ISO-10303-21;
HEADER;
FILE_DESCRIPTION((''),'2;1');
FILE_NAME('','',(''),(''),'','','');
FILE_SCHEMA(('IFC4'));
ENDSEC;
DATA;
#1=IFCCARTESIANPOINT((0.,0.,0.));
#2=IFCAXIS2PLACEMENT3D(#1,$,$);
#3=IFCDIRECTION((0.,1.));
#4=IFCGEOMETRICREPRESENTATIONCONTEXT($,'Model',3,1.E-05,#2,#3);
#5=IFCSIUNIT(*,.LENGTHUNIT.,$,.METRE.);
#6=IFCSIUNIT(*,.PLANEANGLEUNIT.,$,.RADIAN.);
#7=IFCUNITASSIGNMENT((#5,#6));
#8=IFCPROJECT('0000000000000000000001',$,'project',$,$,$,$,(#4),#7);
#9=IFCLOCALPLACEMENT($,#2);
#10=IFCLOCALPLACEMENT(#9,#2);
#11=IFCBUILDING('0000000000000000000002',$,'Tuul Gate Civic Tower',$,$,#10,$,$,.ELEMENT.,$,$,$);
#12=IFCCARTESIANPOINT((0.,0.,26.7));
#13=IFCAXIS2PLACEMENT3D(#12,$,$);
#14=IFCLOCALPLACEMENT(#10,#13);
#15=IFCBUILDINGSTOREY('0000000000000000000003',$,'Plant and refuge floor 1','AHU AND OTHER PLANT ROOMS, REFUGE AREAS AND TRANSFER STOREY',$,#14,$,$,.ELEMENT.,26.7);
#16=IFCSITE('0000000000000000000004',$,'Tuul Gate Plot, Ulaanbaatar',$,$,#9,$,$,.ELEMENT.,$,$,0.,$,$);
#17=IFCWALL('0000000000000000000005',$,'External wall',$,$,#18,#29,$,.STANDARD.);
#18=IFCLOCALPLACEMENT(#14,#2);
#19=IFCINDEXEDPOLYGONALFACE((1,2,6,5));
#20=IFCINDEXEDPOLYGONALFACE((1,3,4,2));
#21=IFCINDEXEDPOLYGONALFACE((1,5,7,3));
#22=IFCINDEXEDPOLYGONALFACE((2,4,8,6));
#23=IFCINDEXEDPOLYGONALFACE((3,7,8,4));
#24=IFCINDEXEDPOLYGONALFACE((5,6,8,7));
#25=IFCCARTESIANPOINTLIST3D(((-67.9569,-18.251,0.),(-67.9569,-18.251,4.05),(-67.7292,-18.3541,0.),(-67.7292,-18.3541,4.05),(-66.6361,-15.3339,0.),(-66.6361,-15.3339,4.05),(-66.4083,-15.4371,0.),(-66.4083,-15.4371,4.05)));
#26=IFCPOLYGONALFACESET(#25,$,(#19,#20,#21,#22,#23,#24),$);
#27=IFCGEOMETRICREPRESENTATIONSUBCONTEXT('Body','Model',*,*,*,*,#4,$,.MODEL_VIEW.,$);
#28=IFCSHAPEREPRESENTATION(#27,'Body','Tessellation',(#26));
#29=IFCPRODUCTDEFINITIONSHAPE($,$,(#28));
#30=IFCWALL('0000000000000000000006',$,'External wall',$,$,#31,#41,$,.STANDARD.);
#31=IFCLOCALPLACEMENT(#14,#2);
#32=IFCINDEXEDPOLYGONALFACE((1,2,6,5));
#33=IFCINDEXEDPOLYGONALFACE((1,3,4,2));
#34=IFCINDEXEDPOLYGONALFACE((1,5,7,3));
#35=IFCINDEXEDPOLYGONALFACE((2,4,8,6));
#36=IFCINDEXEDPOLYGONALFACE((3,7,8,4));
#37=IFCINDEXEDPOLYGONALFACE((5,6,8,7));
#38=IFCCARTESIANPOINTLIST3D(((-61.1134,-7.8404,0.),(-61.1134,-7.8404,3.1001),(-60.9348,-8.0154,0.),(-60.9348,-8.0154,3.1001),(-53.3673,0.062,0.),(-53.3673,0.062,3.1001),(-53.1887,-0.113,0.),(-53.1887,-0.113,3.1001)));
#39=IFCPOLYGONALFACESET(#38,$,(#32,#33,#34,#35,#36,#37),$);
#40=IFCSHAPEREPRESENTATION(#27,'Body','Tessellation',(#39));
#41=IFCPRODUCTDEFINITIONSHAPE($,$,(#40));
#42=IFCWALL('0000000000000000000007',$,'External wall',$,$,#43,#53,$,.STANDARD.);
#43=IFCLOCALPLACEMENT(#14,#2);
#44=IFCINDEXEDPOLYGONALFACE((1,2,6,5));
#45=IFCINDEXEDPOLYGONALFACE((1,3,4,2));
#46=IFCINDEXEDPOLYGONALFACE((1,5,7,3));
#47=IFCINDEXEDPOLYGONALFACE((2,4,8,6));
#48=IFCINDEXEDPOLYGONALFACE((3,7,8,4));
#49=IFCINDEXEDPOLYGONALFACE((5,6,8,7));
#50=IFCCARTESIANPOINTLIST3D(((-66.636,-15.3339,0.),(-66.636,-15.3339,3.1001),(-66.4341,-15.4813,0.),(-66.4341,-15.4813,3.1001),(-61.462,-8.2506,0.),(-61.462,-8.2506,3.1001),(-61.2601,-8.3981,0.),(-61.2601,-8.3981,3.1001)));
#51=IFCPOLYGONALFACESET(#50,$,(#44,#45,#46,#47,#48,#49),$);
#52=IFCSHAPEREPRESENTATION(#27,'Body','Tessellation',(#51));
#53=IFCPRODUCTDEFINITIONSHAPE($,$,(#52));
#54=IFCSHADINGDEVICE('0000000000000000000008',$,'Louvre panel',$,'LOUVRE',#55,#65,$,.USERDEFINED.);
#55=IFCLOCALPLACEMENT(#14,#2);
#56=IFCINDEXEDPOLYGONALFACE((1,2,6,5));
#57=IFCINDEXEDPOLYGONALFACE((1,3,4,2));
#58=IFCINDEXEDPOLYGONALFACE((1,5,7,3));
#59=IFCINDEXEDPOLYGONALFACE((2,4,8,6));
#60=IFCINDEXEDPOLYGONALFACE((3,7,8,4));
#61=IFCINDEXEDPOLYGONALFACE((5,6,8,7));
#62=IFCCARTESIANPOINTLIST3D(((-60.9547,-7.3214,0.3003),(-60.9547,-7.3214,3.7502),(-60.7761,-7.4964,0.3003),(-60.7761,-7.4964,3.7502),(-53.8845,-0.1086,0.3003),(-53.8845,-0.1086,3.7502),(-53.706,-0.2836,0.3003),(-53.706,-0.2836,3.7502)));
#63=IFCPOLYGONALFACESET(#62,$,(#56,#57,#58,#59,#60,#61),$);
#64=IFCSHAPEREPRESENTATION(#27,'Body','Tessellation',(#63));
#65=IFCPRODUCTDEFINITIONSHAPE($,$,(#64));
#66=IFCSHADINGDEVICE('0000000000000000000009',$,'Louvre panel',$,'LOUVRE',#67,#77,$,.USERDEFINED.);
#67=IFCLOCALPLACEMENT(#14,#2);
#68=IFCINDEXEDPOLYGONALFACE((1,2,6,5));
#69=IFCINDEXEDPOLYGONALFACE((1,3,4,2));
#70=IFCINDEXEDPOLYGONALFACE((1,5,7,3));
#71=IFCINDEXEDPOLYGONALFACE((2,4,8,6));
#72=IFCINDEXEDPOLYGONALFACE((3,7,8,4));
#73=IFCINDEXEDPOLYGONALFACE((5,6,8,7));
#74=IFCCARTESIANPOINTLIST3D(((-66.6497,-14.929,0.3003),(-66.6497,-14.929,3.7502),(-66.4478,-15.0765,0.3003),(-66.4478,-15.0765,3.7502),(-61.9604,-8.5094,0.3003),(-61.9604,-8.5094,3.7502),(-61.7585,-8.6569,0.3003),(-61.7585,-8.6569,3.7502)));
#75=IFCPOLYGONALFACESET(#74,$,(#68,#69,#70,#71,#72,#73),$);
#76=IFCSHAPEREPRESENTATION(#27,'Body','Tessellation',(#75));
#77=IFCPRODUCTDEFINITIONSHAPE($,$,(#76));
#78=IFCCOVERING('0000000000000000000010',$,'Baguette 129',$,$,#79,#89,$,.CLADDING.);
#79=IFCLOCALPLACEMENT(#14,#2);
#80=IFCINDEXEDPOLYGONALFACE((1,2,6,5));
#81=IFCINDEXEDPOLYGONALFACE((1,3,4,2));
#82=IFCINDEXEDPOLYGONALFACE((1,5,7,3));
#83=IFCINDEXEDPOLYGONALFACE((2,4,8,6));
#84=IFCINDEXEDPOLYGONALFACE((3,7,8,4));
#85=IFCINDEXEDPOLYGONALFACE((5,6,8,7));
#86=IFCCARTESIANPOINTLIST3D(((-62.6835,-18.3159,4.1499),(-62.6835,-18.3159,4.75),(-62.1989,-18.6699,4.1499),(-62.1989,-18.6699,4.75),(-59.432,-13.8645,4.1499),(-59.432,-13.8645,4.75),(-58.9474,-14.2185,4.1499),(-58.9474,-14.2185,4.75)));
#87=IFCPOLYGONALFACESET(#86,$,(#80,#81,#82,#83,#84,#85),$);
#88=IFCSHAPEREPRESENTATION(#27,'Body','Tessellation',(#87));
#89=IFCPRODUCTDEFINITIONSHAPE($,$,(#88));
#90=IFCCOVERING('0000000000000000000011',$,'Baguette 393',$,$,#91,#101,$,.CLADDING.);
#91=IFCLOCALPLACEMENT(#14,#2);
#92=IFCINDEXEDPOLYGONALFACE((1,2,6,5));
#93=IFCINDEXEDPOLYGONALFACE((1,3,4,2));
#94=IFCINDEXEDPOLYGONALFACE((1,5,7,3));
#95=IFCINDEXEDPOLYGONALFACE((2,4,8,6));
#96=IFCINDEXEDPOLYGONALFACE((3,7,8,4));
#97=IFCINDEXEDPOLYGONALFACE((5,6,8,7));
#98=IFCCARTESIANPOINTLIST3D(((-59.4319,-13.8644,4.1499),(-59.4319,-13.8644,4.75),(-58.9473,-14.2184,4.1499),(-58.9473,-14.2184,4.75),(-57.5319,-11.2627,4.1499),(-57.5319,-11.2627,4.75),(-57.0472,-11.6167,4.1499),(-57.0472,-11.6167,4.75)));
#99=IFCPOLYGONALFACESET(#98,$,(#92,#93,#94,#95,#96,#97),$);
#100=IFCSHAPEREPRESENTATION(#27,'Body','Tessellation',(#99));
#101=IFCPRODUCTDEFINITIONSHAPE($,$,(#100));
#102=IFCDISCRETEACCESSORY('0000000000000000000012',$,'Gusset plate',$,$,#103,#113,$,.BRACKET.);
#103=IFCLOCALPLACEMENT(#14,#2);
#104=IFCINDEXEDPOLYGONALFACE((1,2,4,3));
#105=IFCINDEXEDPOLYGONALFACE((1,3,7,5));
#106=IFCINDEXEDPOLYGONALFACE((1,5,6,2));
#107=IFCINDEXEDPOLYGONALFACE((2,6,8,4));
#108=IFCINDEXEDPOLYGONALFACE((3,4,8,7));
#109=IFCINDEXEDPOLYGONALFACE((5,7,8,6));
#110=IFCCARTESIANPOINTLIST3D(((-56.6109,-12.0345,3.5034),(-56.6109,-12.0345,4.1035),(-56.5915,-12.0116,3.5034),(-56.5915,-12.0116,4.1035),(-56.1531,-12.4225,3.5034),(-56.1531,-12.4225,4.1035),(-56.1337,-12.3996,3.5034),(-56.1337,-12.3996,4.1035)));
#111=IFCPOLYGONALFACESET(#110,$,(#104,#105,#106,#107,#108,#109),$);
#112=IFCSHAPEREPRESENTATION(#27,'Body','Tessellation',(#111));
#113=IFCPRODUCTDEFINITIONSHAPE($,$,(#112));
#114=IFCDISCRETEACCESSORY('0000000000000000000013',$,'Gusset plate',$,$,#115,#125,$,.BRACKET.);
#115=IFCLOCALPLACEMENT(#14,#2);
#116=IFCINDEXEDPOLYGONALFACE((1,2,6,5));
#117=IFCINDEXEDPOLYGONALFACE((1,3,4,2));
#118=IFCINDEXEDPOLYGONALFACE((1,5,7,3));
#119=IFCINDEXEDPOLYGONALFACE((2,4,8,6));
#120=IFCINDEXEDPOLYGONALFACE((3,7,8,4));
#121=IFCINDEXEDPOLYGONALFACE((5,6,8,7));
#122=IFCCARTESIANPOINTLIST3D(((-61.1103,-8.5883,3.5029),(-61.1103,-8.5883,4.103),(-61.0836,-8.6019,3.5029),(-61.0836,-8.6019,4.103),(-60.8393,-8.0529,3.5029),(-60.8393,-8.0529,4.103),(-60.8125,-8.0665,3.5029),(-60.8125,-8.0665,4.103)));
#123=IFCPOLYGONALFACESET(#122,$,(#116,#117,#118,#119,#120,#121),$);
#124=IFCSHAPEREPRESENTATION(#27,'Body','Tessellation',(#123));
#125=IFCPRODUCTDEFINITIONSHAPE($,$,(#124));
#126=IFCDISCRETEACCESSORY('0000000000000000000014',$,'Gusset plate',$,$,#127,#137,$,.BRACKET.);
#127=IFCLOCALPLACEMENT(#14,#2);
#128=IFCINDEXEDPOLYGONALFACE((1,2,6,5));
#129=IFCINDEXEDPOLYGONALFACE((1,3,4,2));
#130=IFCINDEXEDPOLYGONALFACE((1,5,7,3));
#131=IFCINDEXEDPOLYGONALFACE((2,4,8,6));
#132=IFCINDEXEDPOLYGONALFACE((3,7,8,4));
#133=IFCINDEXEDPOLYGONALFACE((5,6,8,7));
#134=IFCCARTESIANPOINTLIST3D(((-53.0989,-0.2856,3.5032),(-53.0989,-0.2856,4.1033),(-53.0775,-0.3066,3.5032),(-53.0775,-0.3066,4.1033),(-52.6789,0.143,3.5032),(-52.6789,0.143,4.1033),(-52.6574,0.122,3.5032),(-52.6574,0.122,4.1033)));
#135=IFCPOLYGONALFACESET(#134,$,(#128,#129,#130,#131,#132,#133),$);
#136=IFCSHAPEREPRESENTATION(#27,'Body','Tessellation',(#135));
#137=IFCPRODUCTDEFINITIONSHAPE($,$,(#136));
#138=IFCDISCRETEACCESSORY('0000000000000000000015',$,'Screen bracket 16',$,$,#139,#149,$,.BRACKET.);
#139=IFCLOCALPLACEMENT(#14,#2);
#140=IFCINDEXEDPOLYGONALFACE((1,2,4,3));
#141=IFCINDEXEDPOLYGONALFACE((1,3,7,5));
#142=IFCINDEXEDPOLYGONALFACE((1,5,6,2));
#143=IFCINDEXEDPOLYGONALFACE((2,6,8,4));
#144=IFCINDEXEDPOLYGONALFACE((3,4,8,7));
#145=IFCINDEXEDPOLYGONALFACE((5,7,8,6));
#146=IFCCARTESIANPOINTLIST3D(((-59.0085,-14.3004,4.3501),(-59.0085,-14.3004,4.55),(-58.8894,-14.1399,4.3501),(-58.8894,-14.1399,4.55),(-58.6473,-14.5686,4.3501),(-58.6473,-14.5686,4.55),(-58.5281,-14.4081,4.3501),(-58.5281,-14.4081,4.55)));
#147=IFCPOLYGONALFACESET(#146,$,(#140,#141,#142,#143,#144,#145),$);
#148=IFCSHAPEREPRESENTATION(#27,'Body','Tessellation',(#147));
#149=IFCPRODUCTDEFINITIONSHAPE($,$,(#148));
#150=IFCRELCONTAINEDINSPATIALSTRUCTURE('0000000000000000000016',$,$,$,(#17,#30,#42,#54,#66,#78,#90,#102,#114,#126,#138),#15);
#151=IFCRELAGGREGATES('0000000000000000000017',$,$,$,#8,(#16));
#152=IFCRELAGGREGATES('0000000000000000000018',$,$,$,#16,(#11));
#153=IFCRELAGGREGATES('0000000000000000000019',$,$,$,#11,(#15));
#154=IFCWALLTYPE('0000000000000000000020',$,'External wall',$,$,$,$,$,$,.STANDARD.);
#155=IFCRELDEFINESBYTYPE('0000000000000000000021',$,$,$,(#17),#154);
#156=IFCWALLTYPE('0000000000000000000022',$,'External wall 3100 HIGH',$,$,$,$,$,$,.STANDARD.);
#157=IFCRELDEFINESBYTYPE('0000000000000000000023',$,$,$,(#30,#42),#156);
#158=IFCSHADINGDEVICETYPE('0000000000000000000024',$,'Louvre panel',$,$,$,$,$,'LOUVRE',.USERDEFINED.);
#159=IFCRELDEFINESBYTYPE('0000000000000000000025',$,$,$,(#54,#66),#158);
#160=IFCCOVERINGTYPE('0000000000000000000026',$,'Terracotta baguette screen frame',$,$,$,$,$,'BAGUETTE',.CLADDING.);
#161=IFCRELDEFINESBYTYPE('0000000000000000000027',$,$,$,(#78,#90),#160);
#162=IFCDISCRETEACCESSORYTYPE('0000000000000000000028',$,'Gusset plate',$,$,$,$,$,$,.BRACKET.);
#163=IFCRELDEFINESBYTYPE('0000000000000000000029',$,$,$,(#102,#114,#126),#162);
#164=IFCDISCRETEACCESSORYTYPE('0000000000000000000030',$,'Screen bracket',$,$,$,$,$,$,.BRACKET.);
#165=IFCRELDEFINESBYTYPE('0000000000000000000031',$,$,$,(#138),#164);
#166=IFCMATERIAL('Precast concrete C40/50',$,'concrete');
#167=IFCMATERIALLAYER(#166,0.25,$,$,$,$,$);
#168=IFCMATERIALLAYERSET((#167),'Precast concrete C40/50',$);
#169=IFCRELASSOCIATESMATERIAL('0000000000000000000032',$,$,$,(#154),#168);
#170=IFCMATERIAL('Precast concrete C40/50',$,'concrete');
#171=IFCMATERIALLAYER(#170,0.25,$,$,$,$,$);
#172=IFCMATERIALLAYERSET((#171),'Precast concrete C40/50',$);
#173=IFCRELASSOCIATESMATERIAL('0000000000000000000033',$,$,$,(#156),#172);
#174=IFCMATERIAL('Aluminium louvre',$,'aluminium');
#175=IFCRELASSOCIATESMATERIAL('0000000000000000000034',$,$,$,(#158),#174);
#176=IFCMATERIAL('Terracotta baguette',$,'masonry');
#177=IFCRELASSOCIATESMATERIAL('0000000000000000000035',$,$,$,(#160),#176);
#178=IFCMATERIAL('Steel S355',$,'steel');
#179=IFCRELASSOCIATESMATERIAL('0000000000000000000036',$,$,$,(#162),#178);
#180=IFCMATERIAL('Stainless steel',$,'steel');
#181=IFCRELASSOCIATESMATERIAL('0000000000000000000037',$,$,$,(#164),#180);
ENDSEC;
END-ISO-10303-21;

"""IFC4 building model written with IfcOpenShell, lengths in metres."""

from ifc_helpers import new_model, si_unit, direction, frame, frame_2d, origin, origin_2d, place, context, subcontext, project, spatial, rectangle, extrude, material, layer, layer_set, material_profile, profile_set, type_object, element, save


model = new_model("IFC4")

# Units and contexts
model_context = context("Model", 3, precision=1e-05, world=origin(), true_north=direction((0.0, 1.0)))
body_context = subcontext(model_context, "Body", "Model", "MODEL_VIEW")
ifc_project = project(units=[si_unit("LENGTHUNIT", "METRE"), si_unit("PLANEANGLEUNIT", "RADIAN")], contexts=[model_context])

# Site, building, storey
site_placement = place(None, origin())
site = spatial("IfcSite", under=ifc_project, at=site_placement, Name="Tuul Gate Plot, Ulaanbaatar", CompositionType="ELEMENT", RefElevation=0.0)
building_placement = place(site_placement, origin())
building = spatial("IfcBuilding", under=site, at=building_placement, Name="Tuul Gate Civic Tower", CompositionType="ELEMENT")
storey_placement = place(building_placement, frame((0.0, 0.0, 26.7)))
storey = spatial("IfcBuildingStorey", under=building, at=storey_placement, Name="Plant and refuge floor 1", Description="AHU AND OTHER PLANT ROOMS, REFUGE AREAS AND TRANSFER STOREY", CompositionType="ELEMENT", Elevation=26.7)

# Walls
ifc_material_1 = material(Name="Precast concrete C40/50", Category="concrete")
ifc_layer_1 = layer(ifc_material_1, 0.25)
ifc_layer_set_1 = layer_set([ifc_layer_1], Name="Precast concrete C40/50")
wall_type_1 = type_object("IfcWallType", Name="External wall", PredefinedType="STANDARD", material=ifc_layer_set_1)
wall_1_placement = place(storey_placement, frame((-66.5222, -15.3855, 0.0), z_axis=(0.0, 0.0, 1.0), x_axis=(-0.412481, -0.910966, 0.0)))
element("IfcWall", 1, at=wall_1_placement, inside=storey, type_object=wall_type_1, Name="External wall", PredefinedType="STANDARD", context=body_context, shape_type="SweptSolid", body=[
    extrude(rectangle(XDim=3.2021, YDim=0.25, at=frame_2d((1.6011, 0.0))), origin(), (0.0, 0.0, 1.0), 4.05),
])
ifc_material_2 = material(Name="Precast concrete C40/50", Category="concrete")
ifc_layer_2 = layer(ifc_material_2, 0.25)
ifc_layer_set_2 = layer_set([ifc_layer_2], Name="Precast concrete C40/50")
wall_type_2 = type_object("IfcWallType", Name="External wall 3100 HIGH", PredefinedType="STANDARD", material=ifc_layer_set_2)
wall_2_placement = place(storey_placement, frame((-53.2781, -0.0256, 0.0), z_axis=(0.0, 0.0, 1.0), x_axis=(-0.700011, -0.714132, 0.0)))
element("IfcWall", 2, at=wall_2_placement, inside=storey, type_object=wall_type_2, Name="External wall", PredefinedType="STANDARD", context=body_context, shape_type="SweptSolid", body=[
    extrude(rectangle(XDim=11.0657, YDim=0.25, at=frame_2d((5.5327, 0.0))), origin(), (0.0, 0.0, 1.0), 3.1001),
])
wall_3_placement = place(storey_placement, frame((-61.3611, -8.3245, 0.0), z_axis=(0.0, 0.0, 1.0), x_axis=(-0.589857, -0.807508, 0.0)))
element("IfcWall", 3, at=wall_3_placement, inside=storey, type_object=wall_type_2, Name="External wall", PredefinedType="STANDARD", context=body_context, shape_type="SweptSolid", body=[
    extrude(rectangle(XDim=8.7717, YDim=0.25, at=frame_2d((4.3857, 0.0))), origin(), (0.0, 0.0, 1.0), 3.1001),
])

# Shading devices
ifc_material_3 = material(Name="Aluminium louvre", Category="aluminium")
shading_device_type = type_object("IfcShadingDeviceType", Name="Louvre panel", ElementType="LOUVRE", PredefinedType="USERDEFINED", material=ifc_material_3)
shading_device_1_placement = place(storey_placement, frame((-57.3303, -3.8025, 0.3003), z_axis=(0.0, 0.0, 1.0), x_axis=(-0.714134, 0.700009, 0.0)))
element("IfcShadingDevice", 4, at=shading_device_1_placement, inside=storey, type_object=shading_device_type, Name="Louvre panel", ObjectType="LOUVRE", PredefinedType="USERDEFINED", context=body_context, shape_type="SweptSolid", body=[
    extrude(rectangle(XDim=0.25, YDim=10.1001, at=origin_2d()), origin(), (0.0, 0.0, 1.0), 3.45),
])
shading_device_2_placement = place(storey_placement, frame((-64.2041, -11.793, 0.3003), z_axis=(0.0, 0.0, 1.0), x_axis=(-0.807505, 0.589861, 0.0)))
element("IfcShadingDevice", 5, at=shading_device_2_placement, inside=storey, type_object=shading_device_type, Name="Louvre panel", ObjectType="LOUVRE", PredefinedType="USERDEFINED", context=body_context, shape_type="SweptSolid", body=[
    extrude(rectangle(XDim=0.25, YDim=7.95, at=origin_2d()), origin(), (0.0, 0.0, 1.0), 3.45),
])

# Coverings
ifc_material_4 = material(Name="Terracotta baguette", Category="masonry")
ifc_material_profile_1 = material_profile(ifc_material_4, rectangle(XDim=0.6001, YDim=0.6001, at=origin_2d()), Name="Terracotta baguette screen frame")
ifc_profile_set_1 = profile_set([ifc_material_profile_1], Name="Terracotta baguette")
covering_type = type_object("IfcCoveringType", Name="Terracotta baguette screen frame", ElementType="BAGUETTE", PredefinedType="CLADDING", material=ifc_profile_set_1)
covering_1_placement = place(storey_placement, frame((-59.1897, -14.0415, 4.45), z_axis=(-0.58984, -0.80752, 0.0), x_axis=(0.80752, -0.58984, 0.0)))
element("IfcCovering", 6, at=covering_1_placement, inside=storey, type_object=covering_type, Name="Baguette 129", PredefinedType="CLADDING", context=body_context, shape_type="SweptSolid", body=[
    extrude(rectangle(XDim=0.6001, YDim=0.6001, at=origin_2d()), origin(), (0.0, 0.0, 1.0), 5.5125),
])
covering_2_placement = place(storey_placement, frame((-57.2896, -11.4397, 4.45), z_axis=(-0.589779, -0.807565, 0.0), x_axis=(0.807565, -0.589779, 0.0)))
element("IfcCovering", 7, at=covering_2_placement, inside=storey, type_object=covering_type, Name="Baguette 393", PredefinedType="CLADDING", context=body_context, shape_type="SweptSolid", body=[
    extrude(rectangle(XDim=0.6001, YDim=0.6001, at=origin_2d()), origin(), (0.0, 0.0, 1.0), 3.2217),
])

# Discrete accessories
ifc_material_5 = material(Name="Steel S355", Category="steel")
discrete_accessory_type_1 = type_object("IfcDiscreteAccessoryType", Name="Gusset plate", PredefinedType="BRACKET", material=ifc_material_5)
for number, where, z_axis, x_axis, name in (
    (8, (-56.3723, -12.217, 3.5034), (0.0, 0.0, 1.0), (-0.762835, 0.646593, 0.0), "Gusset plate"),
    (9, (-60.9614, -8.3274, 3.5029), (0.0, 0.0, 1.0), (-0.451669, -0.892185, 0.0), "Gusset plate"),
    (10, (-52.8782, -0.0818, 3.5032), (0.0, 0.0, 1.0), (-0.700013, -0.71413, 0.0), "Gusset plate"),
):
    element("IfcDiscreteAccessory", number, at=place(storey_placement, frame(where, z_axis=z_axis, x_axis=x_axis)), inside=storey, type_object=discrete_accessory_type_1, Name=name, PredefinedType="BRACKET", context=body_context, shape_type="SweptSolid", body=[
        extrude(rectangle(XDim=0.6001, YDim=0.03, at=origin_2d()), origin(), (0.0, 0.0, 1.0), 0.6001),
    ])
ifc_material_6 = material(Name="Stainless steel", Category="steel")
discrete_accessory_type_2 = type_object("IfcDiscreteAccessoryType", Name="Screen bracket", PredefinedType="BRACKET", material=ifc_material_6)
discrete_accessory_placement = place(storey_placement, frame((-58.7683, -14.3542, 4.3501), z_axis=(0.0, 0.0, 1.0), x_axis=(-0.802946, 0.596051, 0.0)))
element("IfcDiscreteAccessory", 11, at=discrete_accessory_placement, inside=storey, type_object=discrete_accessory_type_2, Name="Screen bracket 16", PredefinedType="BRACKET", context=body_context, shape_type="SweptSolid", body=[
    extrude(rectangle(XDim=0.45, YDim=0.2, at=origin_2d()), origin(), (0.0, 0.0, 1.0), 0.2),
])

save(model, "model.ifc")
